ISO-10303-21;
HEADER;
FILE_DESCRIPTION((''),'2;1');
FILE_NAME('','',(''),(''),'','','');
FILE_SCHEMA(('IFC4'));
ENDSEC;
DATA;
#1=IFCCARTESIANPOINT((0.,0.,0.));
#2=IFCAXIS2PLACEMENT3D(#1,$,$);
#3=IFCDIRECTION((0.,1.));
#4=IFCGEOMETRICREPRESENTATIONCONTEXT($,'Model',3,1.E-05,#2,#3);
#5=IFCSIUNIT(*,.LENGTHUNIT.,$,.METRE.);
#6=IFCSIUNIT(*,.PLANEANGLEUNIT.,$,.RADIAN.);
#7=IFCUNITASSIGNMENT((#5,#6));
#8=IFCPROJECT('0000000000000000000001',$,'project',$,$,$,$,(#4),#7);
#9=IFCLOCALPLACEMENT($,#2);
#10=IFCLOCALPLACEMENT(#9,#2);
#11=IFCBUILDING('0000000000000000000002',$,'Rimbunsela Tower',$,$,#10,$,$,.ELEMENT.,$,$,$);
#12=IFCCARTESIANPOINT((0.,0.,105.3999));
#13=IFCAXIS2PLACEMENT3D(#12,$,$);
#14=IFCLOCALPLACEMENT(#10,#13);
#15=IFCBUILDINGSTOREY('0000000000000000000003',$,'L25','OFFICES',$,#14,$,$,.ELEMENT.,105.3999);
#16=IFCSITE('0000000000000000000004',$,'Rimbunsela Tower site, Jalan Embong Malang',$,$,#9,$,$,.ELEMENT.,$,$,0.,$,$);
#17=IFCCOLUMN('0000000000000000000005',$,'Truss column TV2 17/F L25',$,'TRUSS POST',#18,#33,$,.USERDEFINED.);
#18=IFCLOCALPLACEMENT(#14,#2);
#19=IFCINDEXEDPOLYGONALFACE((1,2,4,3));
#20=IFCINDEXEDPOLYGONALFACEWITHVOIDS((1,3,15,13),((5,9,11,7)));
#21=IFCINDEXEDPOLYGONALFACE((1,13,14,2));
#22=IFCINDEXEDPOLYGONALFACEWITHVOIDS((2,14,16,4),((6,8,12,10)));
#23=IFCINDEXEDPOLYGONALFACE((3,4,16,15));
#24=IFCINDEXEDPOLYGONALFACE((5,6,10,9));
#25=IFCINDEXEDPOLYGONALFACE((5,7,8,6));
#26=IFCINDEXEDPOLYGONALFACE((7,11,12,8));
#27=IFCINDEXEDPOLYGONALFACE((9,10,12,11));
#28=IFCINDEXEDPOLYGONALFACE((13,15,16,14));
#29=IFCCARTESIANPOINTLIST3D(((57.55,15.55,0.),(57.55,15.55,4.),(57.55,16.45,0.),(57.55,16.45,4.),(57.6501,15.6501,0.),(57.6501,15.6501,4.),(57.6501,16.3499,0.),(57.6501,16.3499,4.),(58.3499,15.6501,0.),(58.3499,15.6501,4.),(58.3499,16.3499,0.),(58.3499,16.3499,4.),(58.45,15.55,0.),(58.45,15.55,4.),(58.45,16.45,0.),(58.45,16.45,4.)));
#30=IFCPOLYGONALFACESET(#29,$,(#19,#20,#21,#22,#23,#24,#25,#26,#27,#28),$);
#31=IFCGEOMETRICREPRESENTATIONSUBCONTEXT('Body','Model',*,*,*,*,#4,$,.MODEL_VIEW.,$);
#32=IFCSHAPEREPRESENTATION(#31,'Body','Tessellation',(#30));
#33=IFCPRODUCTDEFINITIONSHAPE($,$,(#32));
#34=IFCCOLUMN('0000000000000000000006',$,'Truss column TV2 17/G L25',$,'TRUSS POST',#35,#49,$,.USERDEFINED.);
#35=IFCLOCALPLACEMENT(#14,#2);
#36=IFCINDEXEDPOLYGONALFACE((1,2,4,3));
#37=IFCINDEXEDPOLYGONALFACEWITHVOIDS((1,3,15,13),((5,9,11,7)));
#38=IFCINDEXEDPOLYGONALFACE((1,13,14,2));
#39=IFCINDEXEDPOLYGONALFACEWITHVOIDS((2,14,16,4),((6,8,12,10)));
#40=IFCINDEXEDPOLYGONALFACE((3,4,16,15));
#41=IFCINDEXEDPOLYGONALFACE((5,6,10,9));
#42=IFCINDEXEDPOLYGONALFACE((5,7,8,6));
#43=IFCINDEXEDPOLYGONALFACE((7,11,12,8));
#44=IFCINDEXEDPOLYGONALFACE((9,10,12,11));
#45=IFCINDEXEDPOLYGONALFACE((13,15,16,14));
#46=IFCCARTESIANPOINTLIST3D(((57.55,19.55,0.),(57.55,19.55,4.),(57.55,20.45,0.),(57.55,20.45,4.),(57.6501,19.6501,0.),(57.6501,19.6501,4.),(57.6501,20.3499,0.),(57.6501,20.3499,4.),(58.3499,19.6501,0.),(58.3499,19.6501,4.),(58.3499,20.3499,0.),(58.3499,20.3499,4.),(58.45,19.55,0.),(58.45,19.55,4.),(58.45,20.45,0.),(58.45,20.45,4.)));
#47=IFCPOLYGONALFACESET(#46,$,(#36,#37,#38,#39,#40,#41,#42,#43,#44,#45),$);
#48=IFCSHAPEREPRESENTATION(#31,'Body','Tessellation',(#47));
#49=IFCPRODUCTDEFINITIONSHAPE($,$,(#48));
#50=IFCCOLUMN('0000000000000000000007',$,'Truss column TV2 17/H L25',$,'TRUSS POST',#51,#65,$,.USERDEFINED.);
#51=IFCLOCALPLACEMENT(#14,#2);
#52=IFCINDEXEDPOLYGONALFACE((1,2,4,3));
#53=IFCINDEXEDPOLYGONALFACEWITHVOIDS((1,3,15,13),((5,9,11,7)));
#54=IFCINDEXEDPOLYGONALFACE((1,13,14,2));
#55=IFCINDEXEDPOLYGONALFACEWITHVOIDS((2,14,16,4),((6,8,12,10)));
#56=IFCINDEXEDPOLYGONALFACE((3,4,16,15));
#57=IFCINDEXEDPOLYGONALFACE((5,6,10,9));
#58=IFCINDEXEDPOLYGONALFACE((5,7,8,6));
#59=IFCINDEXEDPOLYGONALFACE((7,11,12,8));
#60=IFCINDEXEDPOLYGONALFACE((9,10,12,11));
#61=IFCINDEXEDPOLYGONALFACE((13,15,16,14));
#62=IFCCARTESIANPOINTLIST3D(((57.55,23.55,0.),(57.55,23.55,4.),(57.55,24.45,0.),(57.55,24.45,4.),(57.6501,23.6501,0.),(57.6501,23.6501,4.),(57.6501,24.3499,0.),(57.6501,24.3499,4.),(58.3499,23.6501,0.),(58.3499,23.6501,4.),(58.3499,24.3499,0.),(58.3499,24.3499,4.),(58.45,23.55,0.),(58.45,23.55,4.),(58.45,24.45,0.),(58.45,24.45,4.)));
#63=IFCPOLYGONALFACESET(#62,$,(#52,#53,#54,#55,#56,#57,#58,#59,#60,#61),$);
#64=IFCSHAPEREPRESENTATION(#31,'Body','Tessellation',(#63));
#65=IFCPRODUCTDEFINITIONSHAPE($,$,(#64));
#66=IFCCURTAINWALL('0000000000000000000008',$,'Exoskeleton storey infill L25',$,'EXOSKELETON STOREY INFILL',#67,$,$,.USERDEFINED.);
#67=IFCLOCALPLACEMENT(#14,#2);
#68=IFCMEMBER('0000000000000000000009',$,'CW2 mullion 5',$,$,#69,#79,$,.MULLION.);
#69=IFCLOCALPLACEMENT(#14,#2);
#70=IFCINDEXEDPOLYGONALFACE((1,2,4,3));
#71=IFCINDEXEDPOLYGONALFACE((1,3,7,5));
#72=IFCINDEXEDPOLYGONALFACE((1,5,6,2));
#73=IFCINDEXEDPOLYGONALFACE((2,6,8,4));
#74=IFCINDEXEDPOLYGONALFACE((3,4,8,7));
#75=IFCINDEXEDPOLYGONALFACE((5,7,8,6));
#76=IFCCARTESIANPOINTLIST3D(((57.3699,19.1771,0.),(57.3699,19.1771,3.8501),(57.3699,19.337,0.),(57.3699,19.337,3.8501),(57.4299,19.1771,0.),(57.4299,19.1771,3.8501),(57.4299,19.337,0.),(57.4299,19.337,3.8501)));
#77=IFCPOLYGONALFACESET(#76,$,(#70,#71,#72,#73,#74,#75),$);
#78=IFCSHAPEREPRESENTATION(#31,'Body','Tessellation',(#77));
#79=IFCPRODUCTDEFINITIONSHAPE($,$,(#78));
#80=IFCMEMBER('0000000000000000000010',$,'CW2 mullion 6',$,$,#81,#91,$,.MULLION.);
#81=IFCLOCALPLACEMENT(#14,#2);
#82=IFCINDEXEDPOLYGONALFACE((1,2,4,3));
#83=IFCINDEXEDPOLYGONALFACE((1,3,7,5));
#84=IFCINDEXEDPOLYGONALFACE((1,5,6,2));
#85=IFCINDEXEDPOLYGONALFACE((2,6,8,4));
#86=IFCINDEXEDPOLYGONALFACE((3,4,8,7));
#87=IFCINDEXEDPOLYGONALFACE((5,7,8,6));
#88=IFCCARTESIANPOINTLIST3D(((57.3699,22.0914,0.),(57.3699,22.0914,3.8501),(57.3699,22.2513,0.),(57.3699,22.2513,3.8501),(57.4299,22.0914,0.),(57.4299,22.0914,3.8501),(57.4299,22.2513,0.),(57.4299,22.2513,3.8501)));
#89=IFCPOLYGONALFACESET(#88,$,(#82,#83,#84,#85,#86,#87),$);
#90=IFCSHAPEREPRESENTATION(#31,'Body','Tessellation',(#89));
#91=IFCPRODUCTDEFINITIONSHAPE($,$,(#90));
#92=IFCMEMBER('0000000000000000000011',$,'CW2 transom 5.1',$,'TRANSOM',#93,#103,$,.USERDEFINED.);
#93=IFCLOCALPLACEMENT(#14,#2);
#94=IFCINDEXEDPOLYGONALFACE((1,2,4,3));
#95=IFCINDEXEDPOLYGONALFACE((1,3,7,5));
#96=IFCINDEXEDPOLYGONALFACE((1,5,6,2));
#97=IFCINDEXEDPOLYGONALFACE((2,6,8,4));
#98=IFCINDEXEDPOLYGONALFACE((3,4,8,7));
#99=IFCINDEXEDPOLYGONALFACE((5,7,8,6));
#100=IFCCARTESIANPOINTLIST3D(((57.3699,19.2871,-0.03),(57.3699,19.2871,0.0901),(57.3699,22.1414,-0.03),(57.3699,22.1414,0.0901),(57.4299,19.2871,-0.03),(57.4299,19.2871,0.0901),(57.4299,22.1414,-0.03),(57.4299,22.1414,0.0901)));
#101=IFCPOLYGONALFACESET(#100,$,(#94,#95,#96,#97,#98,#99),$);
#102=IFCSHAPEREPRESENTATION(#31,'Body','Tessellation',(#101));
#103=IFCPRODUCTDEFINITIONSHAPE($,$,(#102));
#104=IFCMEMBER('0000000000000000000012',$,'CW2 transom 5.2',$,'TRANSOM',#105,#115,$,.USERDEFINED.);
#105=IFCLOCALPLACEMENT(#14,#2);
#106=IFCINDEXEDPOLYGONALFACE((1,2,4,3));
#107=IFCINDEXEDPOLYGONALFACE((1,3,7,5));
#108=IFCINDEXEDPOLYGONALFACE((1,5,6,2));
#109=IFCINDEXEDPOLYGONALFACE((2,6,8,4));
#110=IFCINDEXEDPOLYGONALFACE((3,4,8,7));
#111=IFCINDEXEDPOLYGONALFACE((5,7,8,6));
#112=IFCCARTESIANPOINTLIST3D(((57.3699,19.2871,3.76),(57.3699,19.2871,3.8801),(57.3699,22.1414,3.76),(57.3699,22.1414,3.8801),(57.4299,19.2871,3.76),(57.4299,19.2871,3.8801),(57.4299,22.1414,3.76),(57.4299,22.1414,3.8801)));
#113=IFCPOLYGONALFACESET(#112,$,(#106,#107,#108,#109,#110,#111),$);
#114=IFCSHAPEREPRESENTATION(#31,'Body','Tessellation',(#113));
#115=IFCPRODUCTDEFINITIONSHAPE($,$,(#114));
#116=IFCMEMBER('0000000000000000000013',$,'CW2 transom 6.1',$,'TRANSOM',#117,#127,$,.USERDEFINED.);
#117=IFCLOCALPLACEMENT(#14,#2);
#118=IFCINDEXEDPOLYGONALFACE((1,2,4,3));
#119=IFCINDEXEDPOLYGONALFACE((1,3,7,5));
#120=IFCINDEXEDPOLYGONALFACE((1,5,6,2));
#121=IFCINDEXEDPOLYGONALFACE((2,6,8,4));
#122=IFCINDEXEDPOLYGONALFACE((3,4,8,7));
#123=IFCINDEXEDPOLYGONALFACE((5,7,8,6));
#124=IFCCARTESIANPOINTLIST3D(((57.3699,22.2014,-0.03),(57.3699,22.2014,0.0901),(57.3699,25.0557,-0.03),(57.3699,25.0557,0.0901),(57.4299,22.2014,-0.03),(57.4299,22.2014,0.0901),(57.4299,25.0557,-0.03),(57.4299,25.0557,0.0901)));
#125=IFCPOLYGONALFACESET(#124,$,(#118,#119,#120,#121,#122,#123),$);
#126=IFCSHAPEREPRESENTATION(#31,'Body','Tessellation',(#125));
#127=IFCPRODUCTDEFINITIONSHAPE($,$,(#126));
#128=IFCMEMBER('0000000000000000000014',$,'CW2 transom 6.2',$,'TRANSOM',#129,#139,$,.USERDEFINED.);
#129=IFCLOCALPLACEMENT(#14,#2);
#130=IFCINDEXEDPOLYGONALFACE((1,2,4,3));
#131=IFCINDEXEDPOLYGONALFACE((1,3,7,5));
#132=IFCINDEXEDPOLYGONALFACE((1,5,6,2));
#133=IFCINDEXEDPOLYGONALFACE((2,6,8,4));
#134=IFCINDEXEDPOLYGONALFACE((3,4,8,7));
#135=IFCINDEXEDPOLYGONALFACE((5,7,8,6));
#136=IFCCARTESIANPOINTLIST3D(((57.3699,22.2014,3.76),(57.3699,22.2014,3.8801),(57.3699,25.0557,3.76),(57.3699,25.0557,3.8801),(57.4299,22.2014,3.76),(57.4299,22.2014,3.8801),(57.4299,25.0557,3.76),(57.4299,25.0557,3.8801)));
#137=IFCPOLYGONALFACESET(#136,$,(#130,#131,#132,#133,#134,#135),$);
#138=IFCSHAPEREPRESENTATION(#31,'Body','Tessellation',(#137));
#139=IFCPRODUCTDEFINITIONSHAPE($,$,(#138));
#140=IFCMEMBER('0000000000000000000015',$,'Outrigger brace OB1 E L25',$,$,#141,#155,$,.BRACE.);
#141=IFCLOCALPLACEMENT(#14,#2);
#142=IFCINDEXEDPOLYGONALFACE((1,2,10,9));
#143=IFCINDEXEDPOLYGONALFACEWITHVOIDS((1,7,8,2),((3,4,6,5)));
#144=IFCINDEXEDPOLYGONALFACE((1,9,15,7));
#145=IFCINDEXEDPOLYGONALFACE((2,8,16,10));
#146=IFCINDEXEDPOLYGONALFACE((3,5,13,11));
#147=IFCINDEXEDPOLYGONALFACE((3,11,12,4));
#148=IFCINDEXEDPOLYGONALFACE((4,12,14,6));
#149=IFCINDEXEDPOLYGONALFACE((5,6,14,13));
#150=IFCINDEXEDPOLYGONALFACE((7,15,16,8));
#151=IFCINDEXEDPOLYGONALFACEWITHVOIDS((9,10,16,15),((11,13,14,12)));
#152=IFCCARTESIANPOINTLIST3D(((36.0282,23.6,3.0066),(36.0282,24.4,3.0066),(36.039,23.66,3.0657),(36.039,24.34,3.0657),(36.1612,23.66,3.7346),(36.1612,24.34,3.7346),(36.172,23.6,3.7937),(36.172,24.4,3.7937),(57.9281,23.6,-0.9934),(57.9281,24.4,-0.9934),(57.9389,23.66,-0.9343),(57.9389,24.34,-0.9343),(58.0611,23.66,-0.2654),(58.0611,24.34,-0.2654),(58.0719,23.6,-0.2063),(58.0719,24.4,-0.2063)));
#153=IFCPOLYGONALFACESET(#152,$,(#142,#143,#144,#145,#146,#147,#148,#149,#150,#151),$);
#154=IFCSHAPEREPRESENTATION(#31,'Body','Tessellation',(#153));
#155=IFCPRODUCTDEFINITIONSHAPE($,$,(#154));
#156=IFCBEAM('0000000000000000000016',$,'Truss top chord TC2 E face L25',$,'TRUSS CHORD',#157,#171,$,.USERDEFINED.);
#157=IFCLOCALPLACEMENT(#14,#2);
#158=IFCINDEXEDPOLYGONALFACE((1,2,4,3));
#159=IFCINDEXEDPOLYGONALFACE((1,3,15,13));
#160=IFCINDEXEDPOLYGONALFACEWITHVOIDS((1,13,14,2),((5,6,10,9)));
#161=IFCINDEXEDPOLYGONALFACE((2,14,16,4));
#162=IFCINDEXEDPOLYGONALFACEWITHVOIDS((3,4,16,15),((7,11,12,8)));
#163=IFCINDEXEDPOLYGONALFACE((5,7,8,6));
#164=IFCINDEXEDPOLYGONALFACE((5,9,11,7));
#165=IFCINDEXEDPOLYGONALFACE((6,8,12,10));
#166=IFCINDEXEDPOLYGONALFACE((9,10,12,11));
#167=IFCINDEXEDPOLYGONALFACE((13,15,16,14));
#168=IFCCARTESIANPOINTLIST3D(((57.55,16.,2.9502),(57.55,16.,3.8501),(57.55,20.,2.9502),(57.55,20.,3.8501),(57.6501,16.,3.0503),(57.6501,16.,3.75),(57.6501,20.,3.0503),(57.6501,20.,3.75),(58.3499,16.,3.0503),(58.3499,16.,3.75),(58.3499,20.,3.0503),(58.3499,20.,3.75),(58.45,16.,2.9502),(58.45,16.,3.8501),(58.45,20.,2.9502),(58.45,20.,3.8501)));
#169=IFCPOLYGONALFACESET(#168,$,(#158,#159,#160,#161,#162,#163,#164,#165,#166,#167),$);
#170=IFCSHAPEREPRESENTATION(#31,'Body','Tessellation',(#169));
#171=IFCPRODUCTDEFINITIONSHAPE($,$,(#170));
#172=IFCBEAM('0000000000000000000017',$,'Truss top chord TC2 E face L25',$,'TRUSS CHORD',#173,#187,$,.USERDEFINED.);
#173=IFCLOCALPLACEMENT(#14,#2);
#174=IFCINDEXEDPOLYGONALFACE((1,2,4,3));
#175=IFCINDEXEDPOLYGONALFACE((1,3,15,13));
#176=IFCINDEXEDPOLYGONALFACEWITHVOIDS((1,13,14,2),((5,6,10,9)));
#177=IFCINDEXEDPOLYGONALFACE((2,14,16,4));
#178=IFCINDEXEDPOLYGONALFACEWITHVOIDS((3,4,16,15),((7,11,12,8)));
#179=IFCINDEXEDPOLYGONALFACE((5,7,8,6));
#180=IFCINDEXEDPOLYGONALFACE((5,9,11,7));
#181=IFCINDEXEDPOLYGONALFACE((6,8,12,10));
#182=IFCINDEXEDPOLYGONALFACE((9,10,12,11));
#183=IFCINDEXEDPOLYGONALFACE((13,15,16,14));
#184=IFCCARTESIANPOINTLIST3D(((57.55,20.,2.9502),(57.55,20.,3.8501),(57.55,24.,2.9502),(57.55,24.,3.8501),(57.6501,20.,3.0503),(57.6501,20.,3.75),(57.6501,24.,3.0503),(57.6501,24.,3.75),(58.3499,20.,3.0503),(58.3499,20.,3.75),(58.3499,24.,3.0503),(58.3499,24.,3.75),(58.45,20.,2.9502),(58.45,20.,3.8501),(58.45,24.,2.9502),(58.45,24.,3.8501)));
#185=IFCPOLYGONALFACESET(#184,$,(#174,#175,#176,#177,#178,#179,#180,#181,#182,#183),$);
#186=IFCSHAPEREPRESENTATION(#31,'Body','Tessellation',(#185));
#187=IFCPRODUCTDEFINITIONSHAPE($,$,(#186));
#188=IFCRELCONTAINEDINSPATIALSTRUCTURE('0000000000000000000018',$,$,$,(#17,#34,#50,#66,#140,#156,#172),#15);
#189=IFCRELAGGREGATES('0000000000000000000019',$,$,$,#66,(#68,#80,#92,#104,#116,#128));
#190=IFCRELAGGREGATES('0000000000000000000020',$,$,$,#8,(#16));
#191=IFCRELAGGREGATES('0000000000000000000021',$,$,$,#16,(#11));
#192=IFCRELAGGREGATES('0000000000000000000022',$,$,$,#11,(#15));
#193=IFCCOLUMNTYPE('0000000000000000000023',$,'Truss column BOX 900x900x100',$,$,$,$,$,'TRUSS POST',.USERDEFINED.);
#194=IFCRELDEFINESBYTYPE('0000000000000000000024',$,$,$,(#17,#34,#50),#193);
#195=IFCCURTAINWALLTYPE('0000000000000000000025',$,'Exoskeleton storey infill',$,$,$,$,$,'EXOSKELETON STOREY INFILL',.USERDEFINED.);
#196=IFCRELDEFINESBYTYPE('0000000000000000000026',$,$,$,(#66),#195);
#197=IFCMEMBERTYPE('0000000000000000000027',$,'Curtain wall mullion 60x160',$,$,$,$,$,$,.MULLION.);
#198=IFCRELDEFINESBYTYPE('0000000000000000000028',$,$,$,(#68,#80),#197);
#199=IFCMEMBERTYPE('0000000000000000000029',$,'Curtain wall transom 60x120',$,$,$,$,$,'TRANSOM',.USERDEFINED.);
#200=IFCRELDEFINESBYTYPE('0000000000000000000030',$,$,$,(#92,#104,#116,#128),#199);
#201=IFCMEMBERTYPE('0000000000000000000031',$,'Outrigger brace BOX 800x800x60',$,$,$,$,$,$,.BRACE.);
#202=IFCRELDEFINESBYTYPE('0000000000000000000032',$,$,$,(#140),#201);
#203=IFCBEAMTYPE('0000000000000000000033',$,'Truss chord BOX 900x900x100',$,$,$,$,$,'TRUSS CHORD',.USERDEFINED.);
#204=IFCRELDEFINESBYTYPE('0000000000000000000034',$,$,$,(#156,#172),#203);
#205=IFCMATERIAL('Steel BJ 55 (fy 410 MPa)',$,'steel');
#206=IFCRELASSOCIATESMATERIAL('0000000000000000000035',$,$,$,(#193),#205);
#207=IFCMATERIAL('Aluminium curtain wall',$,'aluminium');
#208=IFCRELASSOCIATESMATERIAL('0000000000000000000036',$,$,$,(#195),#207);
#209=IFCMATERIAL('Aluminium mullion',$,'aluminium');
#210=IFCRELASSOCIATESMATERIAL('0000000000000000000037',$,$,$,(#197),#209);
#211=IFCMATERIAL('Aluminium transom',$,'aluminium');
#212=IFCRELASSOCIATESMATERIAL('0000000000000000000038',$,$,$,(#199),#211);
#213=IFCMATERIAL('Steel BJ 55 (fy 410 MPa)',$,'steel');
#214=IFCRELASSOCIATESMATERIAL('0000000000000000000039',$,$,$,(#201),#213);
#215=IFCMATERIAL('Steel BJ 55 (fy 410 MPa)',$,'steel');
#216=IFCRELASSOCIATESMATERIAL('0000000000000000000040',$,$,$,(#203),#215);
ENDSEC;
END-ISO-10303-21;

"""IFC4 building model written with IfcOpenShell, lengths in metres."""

from ifc_helpers import new_model, si_unit, direction, frame, origin, origin_2d, place, context, subcontext, project, spatial, rectangle, hollow_rectangle, extrude, material, material_profile, profile_set, type_object, element, aggregate, save


model = new_model("IFC4")

# Units and contexts
model_context = context("Model", 3, precision=1e-05, world=origin(), true_north=direction((0.0, 1.0)))
body_context = subcontext(model_context, "Body", "Model", "MODEL_VIEW")
ifc_project = project(units=[si_unit("LENGTHUNIT", "METRE"), si_unit("PLANEANGLEUNIT", "RADIAN")], contexts=[model_context])

# Site, building, storey
site_placement = place(None, origin())
site = spatial("IfcSite", under=ifc_project, at=site_placement, Name="Rimbunsela Tower site, Jalan Embong Malang", CompositionType="ELEMENT", RefElevation=0.0)
building_placement = place(site_placement, origin())
building = spatial("IfcBuilding", under=site, at=building_placement, Name="Rimbunsela Tower", CompositionType="ELEMENT")
storey_placement = place(building_placement, frame((0.0, 0.0, 105.3999)))
storey = spatial("IfcBuildingStorey", under=building, at=storey_placement, Name="L25", Description="OFFICES", CompositionType="ELEMENT", Elevation=105.3999)

# Columns
ifc_material_1 = material(Name="Steel BJ 55 (fy 410 MPa)", Category="steel")
ifc_material_profile_1 = material_profile(ifc_material_1, hollow_rectangle(XDim=0.8999, YDim=0.8999, WallThickness=0.1001, at=origin_2d()), Name="BOX 900x900x100")
ifc_profile_set_1 = profile_set([ifc_material_profile_1], Name="Steel BJ 55 (fy 410 MPa)")
column_type = type_object("IfcColumnType", Name="Truss column BOX 900x900x100", ElementType="TRUSS POST", PredefinedType="USERDEFINED", material=ifc_profile_set_1)
for number, where, z_axis, x_axis, name in (
    (1, (58.0, 16.0, 0.0), (0.0, 0.0, 1.0), (1.0, 0.0, 0.0), "Truss column TV2 17/F L25"),
    (2, (58.0, 20.0, 0.0), (0.0, 0.0, 1.0), (1.0, 0.0, 0.0), "Truss column TV2 17/G L25"),
    (3, (58.0, 24.0, 0.0), (0.0, 0.0, 1.0), (1.0, 0.0, 0.0), "Truss column TV2 17/H L25"),
):
    element("IfcColumn", number, at=place(storey_placement, frame(where, z_axis=z_axis, x_axis=x_axis)), inside=storey, type_object=column_type, Name=name, ObjectType="TRUSS POST", PredefinedType="USERDEFINED", context=body_context, shape_type="SweptSolid", body=[
        extrude(hollow_rectangle(XDim=0.8999, YDim=0.8999, WallThickness=0.1001, at=origin_2d()), origin(), (0.0, 0.0, 1.0), 4.0),
    ])

# Curtain wall, members
ifc_material_2 = material(Name="Aluminium curtain wall", Category="aluminium")
curtain_wall_type = type_object("IfcCurtainWallType", Name="Exoskeleton storey infill", ElementType="EXOSKELETON STOREY INFILL", PredefinedType="USERDEFINED", material=ifc_material_2)
curtain_wall_placement = place(storey_placement, origin())
curtain_wall = element("IfcCurtainWall", 4, at=curtain_wall_placement, inside=storey, type_object=curtain_wall_type, Name="Exoskeleton storey infill L25", ObjectType="EXOSKELETON STOREY INFILL", PredefinedType="USERDEFINED")
ifc_material_3 = material(Name="Aluminium mullion", Category="aluminium")
ifc_material_profile_2 = material_profile(ifc_material_3, rectangle(XDim=0.0601, YDim=0.1599, at=origin_2d()), Name="Mullion 60x160")
ifc_profile_set_2 = profile_set([ifc_material_profile_2], Name="Aluminium mullion")
member_type_1 = type_object("IfcMemberType", Name="Curtain wall mullion 60x160", PredefinedType="MULLION", material=ifc_profile_set_2)
member_1_placement = place(storey_placement, frame((57.3999, 19.2571, 0.0), z_axis=(0.0, 0.0, 1.0), x_axis=(-1.0, 0.0, 0.0)))
member_1 = element("IfcMember", 5, at=member_1_placement, type_object=member_type_1, Name="CW2 mullion 5", PredefinedType="MULLION", context=body_context, shape_type="SweptSolid", body=[
    extrude(rectangle(XDim=0.0601, YDim=0.1599, at=origin_2d()), origin(), (0.0, 0.0, 1.0), 3.8501),
])
member_2_placement = place(storey_placement, frame((57.3999, 22.1714, 0.0), z_axis=(0.0, 0.0, 1.0), x_axis=(-1.0, 0.0, 0.0)))
member_2 = element("IfcMember", 6, at=member_2_placement, type_object=member_type_1, Name="CW2 mullion 6", PredefinedType="MULLION", context=body_context, shape_type="SweptSolid", body=[
    extrude(rectangle(XDim=0.0601, YDim=0.1599, at=origin_2d()), origin(), (0.0, 0.0, 1.0), 3.8501),
])
ifc_material_4 = material(Name="Aluminium transom", Category="aluminium")
ifc_material_profile_3 = material_profile(ifc_material_4, rectangle(XDim=0.0601, YDim=0.1201, at=origin_2d()), Name="Transom 60x120")
ifc_profile_set_3 = profile_set([ifc_material_profile_3], Name="Aluminium transom")
member_type_2 = type_object("IfcMemberType", Name="Curtain wall transom 60x120", ElementType="TRANSOM", PredefinedType="USERDEFINED", material=ifc_profile_set_3)
member_3_placement = place(storey_placement, frame((57.3999, 19.2871, 0.03), z_axis=(0.0, 1.0, 0.0), x_axis=(-1.0, 0.0, 0.0)))
member_3 = element("IfcMember", 7, at=member_3_placement, type_object=member_type_2, Name="CW2 transom 5.1", ObjectType="TRANSOM", PredefinedType="USERDEFINED", context=body_context, shape_type="SweptSolid", body=[
    extrude(rectangle(XDim=0.0601, YDim=0.1201, at=origin_2d()), origin(), (0.0, 0.0, 1.0), 2.8542),
])
member_4_placement = place(storey_placement, frame((57.3999, 19.2871, 3.8201), z_axis=(0.0, 1.0, 0.0), x_axis=(-1.0, 0.0, 0.0)))
member_4 = element("IfcMember", 8, at=member_4_placement, type_object=member_type_2, Name="CW2 transom 5.2", ObjectType="TRANSOM", PredefinedType="USERDEFINED", context=body_context, shape_type="SweptSolid", body=[
    extrude(rectangle(XDim=0.0601, YDim=0.1201, at=origin_2d()), origin(), (0.0, 0.0, 1.0), 2.8542),
])
member_5_placement = place(storey_placement, frame((57.3999, 22.2014, 0.03), z_axis=(0.0, 1.0, 0.0), x_axis=(-1.0, 0.0, 0.0)))
member_5 = element("IfcMember", 9, at=member_5_placement, type_object=member_type_2, Name="CW2 transom 6.1", ObjectType="TRANSOM", PredefinedType="USERDEFINED", context=body_context, shape_type="SweptSolid", body=[
    extrude(rectangle(XDim=0.0601, YDim=0.1201, at=origin_2d()), origin(), (0.0, 0.0, 1.0), 2.8542),
])
member_6_placement = place(storey_placement, frame((57.3999, 22.2014, 3.8201), z_axis=(0.0, 1.0, 0.0), x_axis=(-1.0, 0.0, 0.0)))
member_6 = element("IfcMember", 10, at=member_6_placement, type_object=member_type_2, Name="CW2 transom 6.2", ObjectType="TRANSOM", PredefinedType="USERDEFINED", context=body_context, shape_type="SweptSolid", body=[
    extrude(rectangle(XDim=0.0601, YDim=0.1201, at=origin_2d()), origin(), (0.0, 0.0, 1.0), 2.8542),
])

# Member
ifc_material_5 = material(Name="Steel BJ 55 (fy 410 MPa)", Category="steel")
ifc_material_profile_4 = material_profile(ifc_material_5, hollow_rectangle(XDim=0.8, YDim=0.8, WallThickness=0.0601, at=origin_2d()), Name="BOX 800x800x60")
ifc_profile_set_4 = profile_set([ifc_material_profile_4], Name="Steel BJ 55 (fy 410 MPa)")
member_type_3 = type_object("IfcMemberType", Name="Outrigger brace BOX 800x800x60", PredefinedType="BRACE", material=ifc_profile_set_4)
member_7_placement = place(storey_placement, frame((58.0, 24.0, -0.5999), z_axis=(-0.983726, 0.0, 0.179677), x_axis=(0.0, -1.0, 0.0)))
element("IfcMember", 11, at=member_7_placement, inside=storey, type_object=member_type_3, Name="Outrigger brace OB1 E L25", PredefinedType="BRACE", context=body_context, shape_type="SweptSolid", body=[
    extrude(hollow_rectangle(XDim=0.8, YDim=0.8, WallThickness=0.0601, at=origin_2d()), origin(), (0.0, 0.0, 1.0), 22.2622),
])

# Beams
ifc_material_6 = material(Name="Steel BJ 55 (fy 410 MPa)", Category="steel")
ifc_material_profile_5 = material_profile(ifc_material_6, hollow_rectangle(XDim=0.8999, YDim=0.8999, WallThickness=0.1001, at=origin_2d()), Name="BOX 900x900x100")
ifc_profile_set_5 = profile_set([ifc_material_profile_5], Name="Steel BJ 55 (fy 410 MPa)")
beam_type = type_object("IfcBeamType", Name="Truss chord BOX 900x900x100", ElementType="TRUSS CHORD", PredefinedType="USERDEFINED", material=ifc_profile_set_5)
for number, where, z_axis, x_axis, name in (
    (12, (58.0, 16.0, 3.4001), (0.0, 1.0, 0.0), (-1.0, 0.0, 0.0), "Truss top chord TC2 E face L25"),
    (13, (58.0, 20.0, 3.4001), (0.0, 1.0, 0.0), (-1.0, 0.0, 0.0), "Truss top chord TC2 E face L25"),
):
    element("IfcBeam", number, at=place(storey_placement, frame(where, z_axis=z_axis, x_axis=x_axis)), inside=storey, type_object=beam_type, Name=name, ObjectType="TRUSS CHORD", PredefinedType="USERDEFINED", context=body_context, shape_type="SweptSolid", body=[
        extrude(hollow_rectangle(XDim=0.8999, YDim=0.8999, WallThickness=0.1001, at=origin_2d()), origin(), (0.0, 0.0, 1.0), 4.0),
    ])

aggregate(curtain_wall, [member_1, member_2, member_3, member_4, member_5, member_6])

save(model, "model.ifc")
